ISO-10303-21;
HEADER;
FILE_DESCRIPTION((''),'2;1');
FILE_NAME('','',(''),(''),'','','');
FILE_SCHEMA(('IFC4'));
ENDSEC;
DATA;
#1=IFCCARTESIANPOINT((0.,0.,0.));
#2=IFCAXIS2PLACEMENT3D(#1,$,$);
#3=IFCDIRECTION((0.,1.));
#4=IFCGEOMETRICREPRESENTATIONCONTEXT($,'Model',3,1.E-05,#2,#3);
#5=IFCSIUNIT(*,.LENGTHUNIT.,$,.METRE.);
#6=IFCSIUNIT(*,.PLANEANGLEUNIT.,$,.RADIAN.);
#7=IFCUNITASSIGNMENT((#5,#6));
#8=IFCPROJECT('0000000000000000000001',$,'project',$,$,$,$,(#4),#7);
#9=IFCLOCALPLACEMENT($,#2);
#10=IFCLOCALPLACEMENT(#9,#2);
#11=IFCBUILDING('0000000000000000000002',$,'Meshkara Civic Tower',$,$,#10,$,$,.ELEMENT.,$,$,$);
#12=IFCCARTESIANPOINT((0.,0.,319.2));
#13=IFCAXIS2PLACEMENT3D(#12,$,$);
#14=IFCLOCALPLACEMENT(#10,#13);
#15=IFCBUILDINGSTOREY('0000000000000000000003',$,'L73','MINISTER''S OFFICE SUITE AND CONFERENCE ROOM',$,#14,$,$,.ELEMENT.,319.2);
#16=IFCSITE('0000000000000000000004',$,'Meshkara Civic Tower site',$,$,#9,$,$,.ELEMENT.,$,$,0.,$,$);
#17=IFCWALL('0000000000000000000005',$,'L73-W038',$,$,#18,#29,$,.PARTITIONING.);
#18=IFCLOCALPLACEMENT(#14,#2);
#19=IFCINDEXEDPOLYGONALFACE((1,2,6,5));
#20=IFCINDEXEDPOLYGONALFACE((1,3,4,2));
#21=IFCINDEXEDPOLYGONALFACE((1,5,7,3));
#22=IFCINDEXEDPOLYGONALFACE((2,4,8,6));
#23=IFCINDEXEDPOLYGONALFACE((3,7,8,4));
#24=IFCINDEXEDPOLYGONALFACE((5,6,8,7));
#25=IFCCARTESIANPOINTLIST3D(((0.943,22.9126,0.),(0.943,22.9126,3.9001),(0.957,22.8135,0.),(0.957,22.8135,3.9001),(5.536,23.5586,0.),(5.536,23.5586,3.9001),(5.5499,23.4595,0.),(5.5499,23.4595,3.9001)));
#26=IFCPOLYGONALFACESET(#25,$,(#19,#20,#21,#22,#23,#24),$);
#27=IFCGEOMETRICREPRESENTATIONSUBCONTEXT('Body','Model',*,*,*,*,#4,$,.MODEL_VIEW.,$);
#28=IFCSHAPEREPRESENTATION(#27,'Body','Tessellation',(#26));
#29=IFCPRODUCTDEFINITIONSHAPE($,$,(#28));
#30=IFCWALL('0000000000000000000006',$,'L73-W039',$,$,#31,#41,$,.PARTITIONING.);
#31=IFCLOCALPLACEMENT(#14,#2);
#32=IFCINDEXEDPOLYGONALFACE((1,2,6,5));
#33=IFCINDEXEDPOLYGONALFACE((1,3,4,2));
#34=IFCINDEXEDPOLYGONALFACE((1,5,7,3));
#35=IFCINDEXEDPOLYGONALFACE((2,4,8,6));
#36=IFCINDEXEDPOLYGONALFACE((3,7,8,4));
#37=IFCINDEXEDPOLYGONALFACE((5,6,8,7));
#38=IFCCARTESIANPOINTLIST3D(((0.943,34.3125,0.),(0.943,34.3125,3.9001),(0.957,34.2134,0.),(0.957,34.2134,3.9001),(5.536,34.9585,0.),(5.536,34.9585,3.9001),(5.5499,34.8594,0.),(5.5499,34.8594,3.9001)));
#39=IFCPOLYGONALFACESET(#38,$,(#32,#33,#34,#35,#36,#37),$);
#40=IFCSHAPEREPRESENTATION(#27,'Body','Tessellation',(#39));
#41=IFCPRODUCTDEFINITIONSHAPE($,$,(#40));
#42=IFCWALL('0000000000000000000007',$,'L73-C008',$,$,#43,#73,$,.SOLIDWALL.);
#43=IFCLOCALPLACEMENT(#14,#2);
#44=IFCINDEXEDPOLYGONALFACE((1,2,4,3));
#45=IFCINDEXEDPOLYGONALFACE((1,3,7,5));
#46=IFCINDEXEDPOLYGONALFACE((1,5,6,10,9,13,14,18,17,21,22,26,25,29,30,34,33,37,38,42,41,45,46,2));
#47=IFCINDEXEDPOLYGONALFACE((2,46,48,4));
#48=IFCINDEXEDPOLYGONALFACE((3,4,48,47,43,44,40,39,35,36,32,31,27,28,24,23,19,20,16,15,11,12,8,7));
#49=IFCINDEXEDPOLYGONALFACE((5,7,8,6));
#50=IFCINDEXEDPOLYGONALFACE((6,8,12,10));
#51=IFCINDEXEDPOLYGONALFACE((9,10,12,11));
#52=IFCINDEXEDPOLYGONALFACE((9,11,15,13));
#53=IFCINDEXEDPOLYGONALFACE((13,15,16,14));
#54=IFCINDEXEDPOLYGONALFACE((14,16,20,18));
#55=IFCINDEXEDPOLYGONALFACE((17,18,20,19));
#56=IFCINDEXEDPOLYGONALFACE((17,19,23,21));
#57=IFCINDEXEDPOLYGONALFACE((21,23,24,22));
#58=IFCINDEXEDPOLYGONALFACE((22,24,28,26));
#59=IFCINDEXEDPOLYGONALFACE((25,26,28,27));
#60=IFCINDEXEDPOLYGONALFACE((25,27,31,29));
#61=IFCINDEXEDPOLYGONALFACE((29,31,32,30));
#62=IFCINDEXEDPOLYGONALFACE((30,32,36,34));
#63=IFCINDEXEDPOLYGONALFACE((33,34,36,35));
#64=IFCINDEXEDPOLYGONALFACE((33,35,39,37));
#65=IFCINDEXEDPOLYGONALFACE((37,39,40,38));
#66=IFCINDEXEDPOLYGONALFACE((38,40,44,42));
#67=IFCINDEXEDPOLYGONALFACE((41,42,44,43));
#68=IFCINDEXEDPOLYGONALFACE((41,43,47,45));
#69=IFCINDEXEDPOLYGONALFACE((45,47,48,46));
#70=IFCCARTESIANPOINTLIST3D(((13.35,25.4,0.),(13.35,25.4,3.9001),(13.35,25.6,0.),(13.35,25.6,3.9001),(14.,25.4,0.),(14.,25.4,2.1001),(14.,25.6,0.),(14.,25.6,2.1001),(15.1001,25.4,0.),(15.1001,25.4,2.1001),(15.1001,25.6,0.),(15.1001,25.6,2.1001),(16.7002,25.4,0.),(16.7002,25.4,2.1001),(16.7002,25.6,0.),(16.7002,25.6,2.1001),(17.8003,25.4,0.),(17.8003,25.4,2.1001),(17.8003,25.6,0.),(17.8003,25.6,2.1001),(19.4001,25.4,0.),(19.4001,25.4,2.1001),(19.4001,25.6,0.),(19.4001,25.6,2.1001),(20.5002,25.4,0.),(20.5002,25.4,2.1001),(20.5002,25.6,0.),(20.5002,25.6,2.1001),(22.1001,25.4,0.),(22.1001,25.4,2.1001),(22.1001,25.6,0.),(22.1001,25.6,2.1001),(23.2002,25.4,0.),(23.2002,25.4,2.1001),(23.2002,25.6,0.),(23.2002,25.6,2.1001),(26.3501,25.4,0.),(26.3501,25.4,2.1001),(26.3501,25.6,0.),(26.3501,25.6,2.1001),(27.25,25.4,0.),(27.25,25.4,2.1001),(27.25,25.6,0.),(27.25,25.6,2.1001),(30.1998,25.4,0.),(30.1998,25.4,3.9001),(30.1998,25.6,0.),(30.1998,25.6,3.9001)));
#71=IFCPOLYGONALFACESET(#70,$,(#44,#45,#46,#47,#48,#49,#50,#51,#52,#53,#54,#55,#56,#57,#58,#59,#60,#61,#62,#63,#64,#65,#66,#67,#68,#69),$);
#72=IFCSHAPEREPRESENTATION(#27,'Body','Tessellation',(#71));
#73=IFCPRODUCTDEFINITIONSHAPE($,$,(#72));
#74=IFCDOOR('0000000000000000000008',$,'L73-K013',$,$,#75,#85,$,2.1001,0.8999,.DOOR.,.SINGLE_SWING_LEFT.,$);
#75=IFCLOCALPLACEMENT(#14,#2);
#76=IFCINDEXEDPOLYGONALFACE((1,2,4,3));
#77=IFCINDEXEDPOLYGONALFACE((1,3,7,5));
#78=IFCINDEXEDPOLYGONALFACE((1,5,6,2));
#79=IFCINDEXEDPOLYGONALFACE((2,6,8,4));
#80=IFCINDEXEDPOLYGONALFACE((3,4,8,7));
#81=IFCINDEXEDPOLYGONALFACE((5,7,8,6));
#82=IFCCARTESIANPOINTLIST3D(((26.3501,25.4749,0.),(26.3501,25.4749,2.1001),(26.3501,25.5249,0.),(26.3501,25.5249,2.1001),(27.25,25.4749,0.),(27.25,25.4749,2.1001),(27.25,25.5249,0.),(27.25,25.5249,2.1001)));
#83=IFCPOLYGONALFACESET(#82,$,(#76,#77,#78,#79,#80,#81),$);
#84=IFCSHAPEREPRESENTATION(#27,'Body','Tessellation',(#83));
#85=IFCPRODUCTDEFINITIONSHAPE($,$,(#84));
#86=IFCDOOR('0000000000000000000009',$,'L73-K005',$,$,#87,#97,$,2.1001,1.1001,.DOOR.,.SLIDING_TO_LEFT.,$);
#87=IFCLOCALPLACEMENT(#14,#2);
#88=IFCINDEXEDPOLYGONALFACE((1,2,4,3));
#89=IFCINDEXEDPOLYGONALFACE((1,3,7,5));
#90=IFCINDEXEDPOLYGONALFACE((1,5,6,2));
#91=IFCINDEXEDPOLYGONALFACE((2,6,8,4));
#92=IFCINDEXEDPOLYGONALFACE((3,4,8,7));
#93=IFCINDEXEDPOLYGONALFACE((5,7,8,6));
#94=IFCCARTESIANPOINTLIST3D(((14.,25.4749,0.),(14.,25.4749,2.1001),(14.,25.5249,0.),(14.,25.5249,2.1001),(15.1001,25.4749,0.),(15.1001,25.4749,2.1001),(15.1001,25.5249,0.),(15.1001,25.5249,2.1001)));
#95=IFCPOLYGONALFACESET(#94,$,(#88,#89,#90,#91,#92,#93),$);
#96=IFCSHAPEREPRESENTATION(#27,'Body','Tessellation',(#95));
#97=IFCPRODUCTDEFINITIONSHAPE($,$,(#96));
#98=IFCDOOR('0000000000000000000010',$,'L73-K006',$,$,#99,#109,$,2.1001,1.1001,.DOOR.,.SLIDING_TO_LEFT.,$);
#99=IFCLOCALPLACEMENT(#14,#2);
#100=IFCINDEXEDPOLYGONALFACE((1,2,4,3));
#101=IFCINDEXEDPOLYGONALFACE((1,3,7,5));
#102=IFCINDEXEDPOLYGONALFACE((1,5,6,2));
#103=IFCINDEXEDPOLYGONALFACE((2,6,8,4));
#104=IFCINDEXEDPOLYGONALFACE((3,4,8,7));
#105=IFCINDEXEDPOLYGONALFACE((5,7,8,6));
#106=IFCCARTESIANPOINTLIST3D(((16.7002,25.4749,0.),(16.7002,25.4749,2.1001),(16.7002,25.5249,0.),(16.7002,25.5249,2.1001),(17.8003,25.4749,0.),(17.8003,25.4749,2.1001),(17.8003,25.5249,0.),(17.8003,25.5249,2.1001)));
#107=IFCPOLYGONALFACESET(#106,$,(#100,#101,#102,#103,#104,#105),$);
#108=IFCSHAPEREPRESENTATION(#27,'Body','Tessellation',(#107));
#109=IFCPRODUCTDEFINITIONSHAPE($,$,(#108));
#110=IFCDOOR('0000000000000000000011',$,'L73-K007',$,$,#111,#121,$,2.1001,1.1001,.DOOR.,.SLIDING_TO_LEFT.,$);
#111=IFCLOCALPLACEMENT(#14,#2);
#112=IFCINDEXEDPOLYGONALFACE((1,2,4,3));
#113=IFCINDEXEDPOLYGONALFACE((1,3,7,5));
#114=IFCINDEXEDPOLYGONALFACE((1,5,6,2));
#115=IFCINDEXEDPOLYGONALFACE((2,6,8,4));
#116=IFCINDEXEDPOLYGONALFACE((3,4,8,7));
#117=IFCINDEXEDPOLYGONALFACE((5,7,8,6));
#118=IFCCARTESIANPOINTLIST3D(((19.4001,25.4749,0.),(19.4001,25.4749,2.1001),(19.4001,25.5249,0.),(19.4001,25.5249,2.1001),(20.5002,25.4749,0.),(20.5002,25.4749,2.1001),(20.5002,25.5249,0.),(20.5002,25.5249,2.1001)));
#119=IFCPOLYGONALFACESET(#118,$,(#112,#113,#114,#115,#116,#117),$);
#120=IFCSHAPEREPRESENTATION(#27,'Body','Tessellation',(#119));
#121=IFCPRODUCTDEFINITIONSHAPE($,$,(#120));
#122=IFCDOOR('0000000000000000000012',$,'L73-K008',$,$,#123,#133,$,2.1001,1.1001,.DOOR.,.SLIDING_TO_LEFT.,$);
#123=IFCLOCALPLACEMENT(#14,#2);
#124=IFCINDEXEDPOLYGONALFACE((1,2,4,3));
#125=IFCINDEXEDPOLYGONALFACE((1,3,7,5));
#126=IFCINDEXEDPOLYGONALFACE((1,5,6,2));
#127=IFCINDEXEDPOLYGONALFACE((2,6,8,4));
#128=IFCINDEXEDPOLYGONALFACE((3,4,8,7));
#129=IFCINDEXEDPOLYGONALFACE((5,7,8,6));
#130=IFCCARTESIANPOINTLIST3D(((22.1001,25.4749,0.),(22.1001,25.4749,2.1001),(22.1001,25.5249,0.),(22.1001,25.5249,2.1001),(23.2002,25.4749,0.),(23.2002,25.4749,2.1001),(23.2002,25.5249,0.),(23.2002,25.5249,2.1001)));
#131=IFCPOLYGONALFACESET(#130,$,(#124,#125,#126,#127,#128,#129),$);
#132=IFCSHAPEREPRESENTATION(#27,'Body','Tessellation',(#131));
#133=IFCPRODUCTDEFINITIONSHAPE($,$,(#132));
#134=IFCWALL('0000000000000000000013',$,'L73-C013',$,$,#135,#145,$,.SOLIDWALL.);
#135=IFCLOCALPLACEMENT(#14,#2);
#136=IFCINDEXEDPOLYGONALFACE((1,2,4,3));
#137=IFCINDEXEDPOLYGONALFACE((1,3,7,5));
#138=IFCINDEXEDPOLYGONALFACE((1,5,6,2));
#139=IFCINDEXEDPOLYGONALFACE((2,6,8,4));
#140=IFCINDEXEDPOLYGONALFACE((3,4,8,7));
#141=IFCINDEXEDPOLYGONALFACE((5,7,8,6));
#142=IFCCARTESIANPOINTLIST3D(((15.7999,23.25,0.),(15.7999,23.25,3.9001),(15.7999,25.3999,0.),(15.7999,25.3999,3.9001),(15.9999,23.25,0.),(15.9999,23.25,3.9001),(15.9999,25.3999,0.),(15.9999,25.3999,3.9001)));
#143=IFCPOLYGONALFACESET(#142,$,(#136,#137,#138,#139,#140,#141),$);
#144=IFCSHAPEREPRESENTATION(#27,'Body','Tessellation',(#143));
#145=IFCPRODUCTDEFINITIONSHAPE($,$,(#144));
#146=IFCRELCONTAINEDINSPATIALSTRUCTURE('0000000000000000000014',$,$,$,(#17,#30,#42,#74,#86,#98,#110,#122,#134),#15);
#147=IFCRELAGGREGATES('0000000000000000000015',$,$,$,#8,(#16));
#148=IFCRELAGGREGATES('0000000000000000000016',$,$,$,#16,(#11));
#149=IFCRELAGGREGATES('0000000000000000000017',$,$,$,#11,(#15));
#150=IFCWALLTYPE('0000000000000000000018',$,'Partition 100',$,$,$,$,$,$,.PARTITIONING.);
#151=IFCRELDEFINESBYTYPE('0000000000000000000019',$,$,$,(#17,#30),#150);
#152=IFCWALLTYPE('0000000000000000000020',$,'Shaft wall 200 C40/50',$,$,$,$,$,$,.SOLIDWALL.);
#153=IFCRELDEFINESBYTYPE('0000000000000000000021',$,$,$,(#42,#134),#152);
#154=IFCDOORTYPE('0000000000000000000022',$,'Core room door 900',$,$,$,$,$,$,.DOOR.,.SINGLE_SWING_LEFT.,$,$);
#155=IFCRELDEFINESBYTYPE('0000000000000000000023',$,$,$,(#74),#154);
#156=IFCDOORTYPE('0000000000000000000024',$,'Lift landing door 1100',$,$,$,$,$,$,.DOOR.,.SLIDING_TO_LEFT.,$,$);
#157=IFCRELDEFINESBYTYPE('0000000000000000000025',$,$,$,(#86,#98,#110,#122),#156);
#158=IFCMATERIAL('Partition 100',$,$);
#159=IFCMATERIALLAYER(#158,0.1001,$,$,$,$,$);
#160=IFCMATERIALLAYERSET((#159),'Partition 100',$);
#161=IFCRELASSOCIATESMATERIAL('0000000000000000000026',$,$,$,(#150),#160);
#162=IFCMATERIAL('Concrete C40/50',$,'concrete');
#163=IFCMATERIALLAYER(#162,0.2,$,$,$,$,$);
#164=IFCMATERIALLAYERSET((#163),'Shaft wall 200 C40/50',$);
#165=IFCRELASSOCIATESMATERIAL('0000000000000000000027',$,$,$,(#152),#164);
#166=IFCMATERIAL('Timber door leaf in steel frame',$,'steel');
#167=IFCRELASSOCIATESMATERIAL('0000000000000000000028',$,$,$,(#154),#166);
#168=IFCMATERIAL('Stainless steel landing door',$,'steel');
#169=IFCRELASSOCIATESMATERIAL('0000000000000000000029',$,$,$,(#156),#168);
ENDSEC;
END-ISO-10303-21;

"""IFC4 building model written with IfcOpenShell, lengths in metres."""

from ifc_helpers import new_model, si_unit, direction, frame, frame_2d, origin, place, context, subcontext, project, spatial, rectangle, extrude, material, layer, layer_set, type_object, element, fill, save


model = new_model("IFC4")

# Units and contexts
model_context = context("Model", 3, precision=1e-05, world=origin(), true_north=direction((0.0, 1.0)))
body_context = subcontext(model_context, "Body", "Model", "MODEL_VIEW")
ifc_project = project(units=[si_unit("LENGTHUNIT", "METRE"), si_unit("PLANEANGLEUNIT", "RADIAN")], contexts=[model_context])

# Site, building, storey
site_placement = place(None, origin())
site = spatial("IfcSite", under=ifc_project, at=site_placement, Name="Meshkara Civic Tower site", CompositionType="ELEMENT", RefElevation=0.0)
building_placement = place(site_placement, origin())
building = spatial("IfcBuilding", under=site, at=building_placement, Name="Meshkara Civic Tower", CompositionType="ELEMENT")
storey_placement = place(building_placement, frame((0.0, 0.0, 319.2)))
storey = spatial("IfcBuildingStorey", under=building, at=storey_placement, Name="L73", Description="MINISTER'S OFFICE SUITE AND CONFERENCE ROOM", CompositionType="ELEMENT", Elevation=319.2)

# Walls
ifc_material_1 = material(Name="Partition 100")
ifc_layer_1 = layer(ifc_material_1, 0.1001)
ifc_layer_set_1 = layer_set([ifc_layer_1], Name="Partition 100")
wall_type_1 = type_object("IfcWallType", Name="Partition 100", PredefinedType="PARTITIONING", material=ifc_layer_set_1)
for number, where, z_axis, x_axis, name in (
    (1, (5.543, 23.509, 0.0), (0.0, 0.0, 1.0), (-0.990254, -0.139277, 0.0), "L73-W038"),
    (2, (5.543, 34.9089, 0.0), (0.0, 0.0, 1.0), (-0.990254, -0.139277, 0.0), "L73-W039"),
):
    element("IfcWall", number, at=place(storey_placement, frame(where, z_axis=z_axis, x_axis=x_axis)), inside=storey, type_object=wall_type_1, Name=name, PredefinedType="PARTITIONING", context=body_context, shape_type="SweptSolid", body=[
        extrude(rectangle(XDim=4.6382, YDim=0.1001, at=frame_2d((2.3191, 0.0))), origin(), (0.0, 0.0, 1.0), 3.9001),
    ])

# Wall, openings, doors
ifc_material_2 = material(Name="Concrete C40/50", Category="concrete")
ifc_layer_2 = layer(ifc_material_2, 0.2)
ifc_layer_set_2 = layer_set([ifc_layer_2], Name="Shaft wall 200 C40/50")
wall_type_2 = type_object("IfcWallType", Name="Shaft wall 200 C40/50", PredefinedType="SOLIDWALL", material=ifc_layer_set_2)
wall_1_placement = place(storey_placement, frame((13.3501, 25.5, 0.0), z_axis=(0.0, 0.0, 1.0), x_axis=(1.0, 0.0, 0.0)))
wall_1 = element("IfcWall", 3, at=wall_1_placement, inside=storey, type_object=wall_type_2, Name="L73-C008", PredefinedType="SOLIDWALL", context=body_context, shape_type="SweptSolid", body=[
    extrude(rectangle(XDim=16.8499, YDim=0.2, at=frame_2d((8.4248, 0.0))), origin(), (0.0, 0.0, 1.0), 3.9001),
])
opening_1_placement = place(wall_1_placement, frame((0.6499, 0.0, 0.0)))
opening_1 = element("IfcOpeningElement", 4, at=opening_1_placement, cuts=wall_1, PredefinedType="OPENING", context=body_context, shape_type="SweptSolid", body=[
    extrude(rectangle(XDim=1.1001, YDim=2.1001, at=frame_2d((0.55, 1.05))), frame((0.0, 0.1099, 0.0), z_axis=(0.0, -1.0, 0.0), x_axis=(1.0, 0.0, 0.0)), (0.0, 0.0, 1.0), 0.22),
])
opening_2_placement = place(wall_1_placement, frame((3.3501, 0.0, 0.0)))
opening_2 = element("IfcOpeningElement", 5, at=opening_2_placement, cuts=wall_1, PredefinedType="OPENING", context=body_context, shape_type="SweptSolid", body=[
    extrude(rectangle(XDim=1.1001, YDim=2.1001, at=frame_2d((0.55, 1.05))), frame((0.0, 0.1099, 0.0), z_axis=(0.0, -1.0, 0.0), x_axis=(1.0, 0.0, 0.0)), (0.0, 0.0, 1.0), 0.22),
])
opening_3_placement = place(wall_1_placement, frame((6.05, 0.0, 0.0)))
opening_3 = element("IfcOpeningElement", 6, at=opening_3_placement, cuts=wall_1, PredefinedType="OPENING", context=body_context, shape_type="SweptSolid", body=[
    extrude(rectangle(XDim=1.1001, YDim=2.1001, at=frame_2d((0.55, 1.05))), frame((0.0, 0.1099, 0.0), z_axis=(0.0, -1.0, 0.0), x_axis=(1.0, 0.0, 0.0)), (0.0, 0.0, 1.0), 0.22),
])
opening_4_placement = place(wall_1_placement, frame((8.75, 0.0, 0.0)))
opening_4 = element("IfcOpeningElement", 7, at=opening_4_placement, cuts=wall_1, PredefinedType="OPENING", context=body_context, shape_type="SweptSolid", body=[
    extrude(rectangle(XDim=1.1001, YDim=2.1001, at=frame_2d((0.55, 1.05))), frame((0.0, 0.1099, 0.0), z_axis=(0.0, -1.0, 0.0), x_axis=(1.0, 0.0, 0.0)), (0.0, 0.0, 1.0), 0.22),
])
opening_5_placement = place(wall_1_placement, frame((13.0, 0.0, 0.0)))
opening_5 = element("IfcOpeningElement", 8, at=opening_5_placement, cuts=wall_1, PredefinedType="OPENING", context=body_context, shape_type="SweptSolid", body=[
    extrude(rectangle(XDim=0.8999, YDim=2.1001, at=frame_2d((0.45, 1.05))), frame((0.0, 0.1099, 0.0), z_axis=(0.0, -1.0, 0.0), x_axis=(1.0, 0.0, 0.0)), (0.0, 0.0, 1.0), 0.22),
])
ifc_material_3 = material(Name="Timber door leaf in steel frame", Category="steel")
door_type_1 = type_object("IfcDoorType", Name="Core room door 900", OperationType="SINGLE_SWING_LEFT", PredefinedType="DOOR", material=ifc_material_3)
door_1_placement = place(opening_5_placement, origin())
door_1 = element("IfcDoor", 9, at=door_1_placement, inside=storey, type_object=door_type_1, Name="L73-K013", OperationType="SINGLE_SWING_LEFT", OverallHeight=2.1001, OverallWidth=0.8999, PredefinedType="DOOR", context=body_context, shape_type="SweptSolid", body=[
    extrude(rectangle(XDim=0.8999, YDim=2.1001, at=frame_2d((0.45, 1.05))), frame((0.0, 0.0249, 0.0), z_axis=(0.0, -1.0, 0.0), x_axis=(1.0, 0.0, 0.0)), (0.0, 0.0, 1.0), 0.05),
])
fill(opening_5, door_1)
ifc_material_4 = material(Name="Stainless steel landing door", Category="steel")
door_type_2 = type_object("IfcDoorType", Name="Lift landing door 1100", OperationType="SLIDING_TO_LEFT", PredefinedType="DOOR", material=ifc_material_4)
door_2_placement = place(opening_1_placement, origin())
door_2 = element("IfcDoor", 10, at=door_2_placement, inside=storey, type_object=door_type_2, Name="L73-K005", OperationType="SLIDING_TO_LEFT", OverallHeight=2.1001, OverallWidth=1.1001, PredefinedType="DOOR", context=body_context, shape_type="SweptSolid", body=[
    extrude(rectangle(XDim=1.1001, YDim=2.1001, at=frame_2d((0.55, 1.05))), frame((0.0, 0.0249, 0.0), z_axis=(0.0, -1.0, 0.0), x_axis=(1.0, 0.0, 0.0)), (0.0, 0.0, 1.0), 0.05),
])
fill(opening_1, door_2)
door_3_placement = place(opening_2_placement, origin())
door_3 = element("IfcDoor", 11, at=door_3_placement, inside=storey, type_object=door_type_2, Name="L73-K006", OperationType="SLIDING_TO_LEFT", OverallHeight=2.1001, OverallWidth=1.1001, PredefinedType="DOOR", context=body_context, shape_type="SweptSolid", body=[
    extrude(rectangle(XDim=1.1001, YDim=2.1001, at=frame_2d((0.55, 1.05))), frame((0.0, 0.0249, 0.0), z_axis=(0.0, -1.0, 0.0), x_axis=(1.0, 0.0, 0.0)), (0.0, 0.0, 1.0), 0.05),
])
fill(opening_2, door_3)
door_4_placement = place(opening_3_placement, origin())
door_4 = element("IfcDoor", 12, at=door_4_placement, inside=storey, type_object=door_type_2, Name="L73-K007", OperationType="SLIDING_TO_LEFT", OverallHeight=2.1001, OverallWidth=1.1001, PredefinedType="DOOR", context=body_context, shape_type="SweptSolid", body=[
    extrude(rectangle(XDim=1.1001, YDim=2.1001, at=frame_2d((0.55, 1.05))), frame((0.0, 0.0249, 0.0), z_axis=(0.0, -1.0, 0.0), x_axis=(1.0, 0.0, 0.0)), (0.0, 0.0, 1.0), 0.05),
])
fill(opening_3, door_4)
door_5_placement = place(opening_4_placement, origin())
door_5 = element("IfcDoor", 13, at=door_5_placement, inside=storey, type_object=door_type_2, Name="L73-K008", OperationType="SLIDING_TO_LEFT", OverallHeight=2.1001, OverallWidth=1.1001, PredefinedType="DOOR", context=body_context, shape_type="SweptSolid", body=[
    extrude(rectangle(XDim=1.1001, YDim=2.1001, at=frame_2d((0.55, 1.05))), frame((0.0, 0.0249, 0.0), z_axis=(0.0, -1.0, 0.0), x_axis=(1.0, 0.0, 0.0)), (0.0, 0.0, 1.0), 0.05),
])
fill(opening_4, door_5)

# Wall
wall_2_placement = place(storey_placement, frame((15.8999, 23.25, 0.0), z_axis=(0.0, 0.0, 1.0), x_axis=(0.0, 1.0, 0.0)))
element("IfcWall", 14, at=wall_2_placement, inside=storey, type_object=wall_type_2, Name="L73-C013", PredefinedType="SOLIDWALL", context=body_context, shape_type="SweptSolid", body=[
    extrude(rectangle(XDim=2.1499, YDim=0.2, at=frame_2d((1.075, 0.0))), origin(), (0.0, 0.0, 1.0), 3.9001),
])

save(model, "model.ifc")
